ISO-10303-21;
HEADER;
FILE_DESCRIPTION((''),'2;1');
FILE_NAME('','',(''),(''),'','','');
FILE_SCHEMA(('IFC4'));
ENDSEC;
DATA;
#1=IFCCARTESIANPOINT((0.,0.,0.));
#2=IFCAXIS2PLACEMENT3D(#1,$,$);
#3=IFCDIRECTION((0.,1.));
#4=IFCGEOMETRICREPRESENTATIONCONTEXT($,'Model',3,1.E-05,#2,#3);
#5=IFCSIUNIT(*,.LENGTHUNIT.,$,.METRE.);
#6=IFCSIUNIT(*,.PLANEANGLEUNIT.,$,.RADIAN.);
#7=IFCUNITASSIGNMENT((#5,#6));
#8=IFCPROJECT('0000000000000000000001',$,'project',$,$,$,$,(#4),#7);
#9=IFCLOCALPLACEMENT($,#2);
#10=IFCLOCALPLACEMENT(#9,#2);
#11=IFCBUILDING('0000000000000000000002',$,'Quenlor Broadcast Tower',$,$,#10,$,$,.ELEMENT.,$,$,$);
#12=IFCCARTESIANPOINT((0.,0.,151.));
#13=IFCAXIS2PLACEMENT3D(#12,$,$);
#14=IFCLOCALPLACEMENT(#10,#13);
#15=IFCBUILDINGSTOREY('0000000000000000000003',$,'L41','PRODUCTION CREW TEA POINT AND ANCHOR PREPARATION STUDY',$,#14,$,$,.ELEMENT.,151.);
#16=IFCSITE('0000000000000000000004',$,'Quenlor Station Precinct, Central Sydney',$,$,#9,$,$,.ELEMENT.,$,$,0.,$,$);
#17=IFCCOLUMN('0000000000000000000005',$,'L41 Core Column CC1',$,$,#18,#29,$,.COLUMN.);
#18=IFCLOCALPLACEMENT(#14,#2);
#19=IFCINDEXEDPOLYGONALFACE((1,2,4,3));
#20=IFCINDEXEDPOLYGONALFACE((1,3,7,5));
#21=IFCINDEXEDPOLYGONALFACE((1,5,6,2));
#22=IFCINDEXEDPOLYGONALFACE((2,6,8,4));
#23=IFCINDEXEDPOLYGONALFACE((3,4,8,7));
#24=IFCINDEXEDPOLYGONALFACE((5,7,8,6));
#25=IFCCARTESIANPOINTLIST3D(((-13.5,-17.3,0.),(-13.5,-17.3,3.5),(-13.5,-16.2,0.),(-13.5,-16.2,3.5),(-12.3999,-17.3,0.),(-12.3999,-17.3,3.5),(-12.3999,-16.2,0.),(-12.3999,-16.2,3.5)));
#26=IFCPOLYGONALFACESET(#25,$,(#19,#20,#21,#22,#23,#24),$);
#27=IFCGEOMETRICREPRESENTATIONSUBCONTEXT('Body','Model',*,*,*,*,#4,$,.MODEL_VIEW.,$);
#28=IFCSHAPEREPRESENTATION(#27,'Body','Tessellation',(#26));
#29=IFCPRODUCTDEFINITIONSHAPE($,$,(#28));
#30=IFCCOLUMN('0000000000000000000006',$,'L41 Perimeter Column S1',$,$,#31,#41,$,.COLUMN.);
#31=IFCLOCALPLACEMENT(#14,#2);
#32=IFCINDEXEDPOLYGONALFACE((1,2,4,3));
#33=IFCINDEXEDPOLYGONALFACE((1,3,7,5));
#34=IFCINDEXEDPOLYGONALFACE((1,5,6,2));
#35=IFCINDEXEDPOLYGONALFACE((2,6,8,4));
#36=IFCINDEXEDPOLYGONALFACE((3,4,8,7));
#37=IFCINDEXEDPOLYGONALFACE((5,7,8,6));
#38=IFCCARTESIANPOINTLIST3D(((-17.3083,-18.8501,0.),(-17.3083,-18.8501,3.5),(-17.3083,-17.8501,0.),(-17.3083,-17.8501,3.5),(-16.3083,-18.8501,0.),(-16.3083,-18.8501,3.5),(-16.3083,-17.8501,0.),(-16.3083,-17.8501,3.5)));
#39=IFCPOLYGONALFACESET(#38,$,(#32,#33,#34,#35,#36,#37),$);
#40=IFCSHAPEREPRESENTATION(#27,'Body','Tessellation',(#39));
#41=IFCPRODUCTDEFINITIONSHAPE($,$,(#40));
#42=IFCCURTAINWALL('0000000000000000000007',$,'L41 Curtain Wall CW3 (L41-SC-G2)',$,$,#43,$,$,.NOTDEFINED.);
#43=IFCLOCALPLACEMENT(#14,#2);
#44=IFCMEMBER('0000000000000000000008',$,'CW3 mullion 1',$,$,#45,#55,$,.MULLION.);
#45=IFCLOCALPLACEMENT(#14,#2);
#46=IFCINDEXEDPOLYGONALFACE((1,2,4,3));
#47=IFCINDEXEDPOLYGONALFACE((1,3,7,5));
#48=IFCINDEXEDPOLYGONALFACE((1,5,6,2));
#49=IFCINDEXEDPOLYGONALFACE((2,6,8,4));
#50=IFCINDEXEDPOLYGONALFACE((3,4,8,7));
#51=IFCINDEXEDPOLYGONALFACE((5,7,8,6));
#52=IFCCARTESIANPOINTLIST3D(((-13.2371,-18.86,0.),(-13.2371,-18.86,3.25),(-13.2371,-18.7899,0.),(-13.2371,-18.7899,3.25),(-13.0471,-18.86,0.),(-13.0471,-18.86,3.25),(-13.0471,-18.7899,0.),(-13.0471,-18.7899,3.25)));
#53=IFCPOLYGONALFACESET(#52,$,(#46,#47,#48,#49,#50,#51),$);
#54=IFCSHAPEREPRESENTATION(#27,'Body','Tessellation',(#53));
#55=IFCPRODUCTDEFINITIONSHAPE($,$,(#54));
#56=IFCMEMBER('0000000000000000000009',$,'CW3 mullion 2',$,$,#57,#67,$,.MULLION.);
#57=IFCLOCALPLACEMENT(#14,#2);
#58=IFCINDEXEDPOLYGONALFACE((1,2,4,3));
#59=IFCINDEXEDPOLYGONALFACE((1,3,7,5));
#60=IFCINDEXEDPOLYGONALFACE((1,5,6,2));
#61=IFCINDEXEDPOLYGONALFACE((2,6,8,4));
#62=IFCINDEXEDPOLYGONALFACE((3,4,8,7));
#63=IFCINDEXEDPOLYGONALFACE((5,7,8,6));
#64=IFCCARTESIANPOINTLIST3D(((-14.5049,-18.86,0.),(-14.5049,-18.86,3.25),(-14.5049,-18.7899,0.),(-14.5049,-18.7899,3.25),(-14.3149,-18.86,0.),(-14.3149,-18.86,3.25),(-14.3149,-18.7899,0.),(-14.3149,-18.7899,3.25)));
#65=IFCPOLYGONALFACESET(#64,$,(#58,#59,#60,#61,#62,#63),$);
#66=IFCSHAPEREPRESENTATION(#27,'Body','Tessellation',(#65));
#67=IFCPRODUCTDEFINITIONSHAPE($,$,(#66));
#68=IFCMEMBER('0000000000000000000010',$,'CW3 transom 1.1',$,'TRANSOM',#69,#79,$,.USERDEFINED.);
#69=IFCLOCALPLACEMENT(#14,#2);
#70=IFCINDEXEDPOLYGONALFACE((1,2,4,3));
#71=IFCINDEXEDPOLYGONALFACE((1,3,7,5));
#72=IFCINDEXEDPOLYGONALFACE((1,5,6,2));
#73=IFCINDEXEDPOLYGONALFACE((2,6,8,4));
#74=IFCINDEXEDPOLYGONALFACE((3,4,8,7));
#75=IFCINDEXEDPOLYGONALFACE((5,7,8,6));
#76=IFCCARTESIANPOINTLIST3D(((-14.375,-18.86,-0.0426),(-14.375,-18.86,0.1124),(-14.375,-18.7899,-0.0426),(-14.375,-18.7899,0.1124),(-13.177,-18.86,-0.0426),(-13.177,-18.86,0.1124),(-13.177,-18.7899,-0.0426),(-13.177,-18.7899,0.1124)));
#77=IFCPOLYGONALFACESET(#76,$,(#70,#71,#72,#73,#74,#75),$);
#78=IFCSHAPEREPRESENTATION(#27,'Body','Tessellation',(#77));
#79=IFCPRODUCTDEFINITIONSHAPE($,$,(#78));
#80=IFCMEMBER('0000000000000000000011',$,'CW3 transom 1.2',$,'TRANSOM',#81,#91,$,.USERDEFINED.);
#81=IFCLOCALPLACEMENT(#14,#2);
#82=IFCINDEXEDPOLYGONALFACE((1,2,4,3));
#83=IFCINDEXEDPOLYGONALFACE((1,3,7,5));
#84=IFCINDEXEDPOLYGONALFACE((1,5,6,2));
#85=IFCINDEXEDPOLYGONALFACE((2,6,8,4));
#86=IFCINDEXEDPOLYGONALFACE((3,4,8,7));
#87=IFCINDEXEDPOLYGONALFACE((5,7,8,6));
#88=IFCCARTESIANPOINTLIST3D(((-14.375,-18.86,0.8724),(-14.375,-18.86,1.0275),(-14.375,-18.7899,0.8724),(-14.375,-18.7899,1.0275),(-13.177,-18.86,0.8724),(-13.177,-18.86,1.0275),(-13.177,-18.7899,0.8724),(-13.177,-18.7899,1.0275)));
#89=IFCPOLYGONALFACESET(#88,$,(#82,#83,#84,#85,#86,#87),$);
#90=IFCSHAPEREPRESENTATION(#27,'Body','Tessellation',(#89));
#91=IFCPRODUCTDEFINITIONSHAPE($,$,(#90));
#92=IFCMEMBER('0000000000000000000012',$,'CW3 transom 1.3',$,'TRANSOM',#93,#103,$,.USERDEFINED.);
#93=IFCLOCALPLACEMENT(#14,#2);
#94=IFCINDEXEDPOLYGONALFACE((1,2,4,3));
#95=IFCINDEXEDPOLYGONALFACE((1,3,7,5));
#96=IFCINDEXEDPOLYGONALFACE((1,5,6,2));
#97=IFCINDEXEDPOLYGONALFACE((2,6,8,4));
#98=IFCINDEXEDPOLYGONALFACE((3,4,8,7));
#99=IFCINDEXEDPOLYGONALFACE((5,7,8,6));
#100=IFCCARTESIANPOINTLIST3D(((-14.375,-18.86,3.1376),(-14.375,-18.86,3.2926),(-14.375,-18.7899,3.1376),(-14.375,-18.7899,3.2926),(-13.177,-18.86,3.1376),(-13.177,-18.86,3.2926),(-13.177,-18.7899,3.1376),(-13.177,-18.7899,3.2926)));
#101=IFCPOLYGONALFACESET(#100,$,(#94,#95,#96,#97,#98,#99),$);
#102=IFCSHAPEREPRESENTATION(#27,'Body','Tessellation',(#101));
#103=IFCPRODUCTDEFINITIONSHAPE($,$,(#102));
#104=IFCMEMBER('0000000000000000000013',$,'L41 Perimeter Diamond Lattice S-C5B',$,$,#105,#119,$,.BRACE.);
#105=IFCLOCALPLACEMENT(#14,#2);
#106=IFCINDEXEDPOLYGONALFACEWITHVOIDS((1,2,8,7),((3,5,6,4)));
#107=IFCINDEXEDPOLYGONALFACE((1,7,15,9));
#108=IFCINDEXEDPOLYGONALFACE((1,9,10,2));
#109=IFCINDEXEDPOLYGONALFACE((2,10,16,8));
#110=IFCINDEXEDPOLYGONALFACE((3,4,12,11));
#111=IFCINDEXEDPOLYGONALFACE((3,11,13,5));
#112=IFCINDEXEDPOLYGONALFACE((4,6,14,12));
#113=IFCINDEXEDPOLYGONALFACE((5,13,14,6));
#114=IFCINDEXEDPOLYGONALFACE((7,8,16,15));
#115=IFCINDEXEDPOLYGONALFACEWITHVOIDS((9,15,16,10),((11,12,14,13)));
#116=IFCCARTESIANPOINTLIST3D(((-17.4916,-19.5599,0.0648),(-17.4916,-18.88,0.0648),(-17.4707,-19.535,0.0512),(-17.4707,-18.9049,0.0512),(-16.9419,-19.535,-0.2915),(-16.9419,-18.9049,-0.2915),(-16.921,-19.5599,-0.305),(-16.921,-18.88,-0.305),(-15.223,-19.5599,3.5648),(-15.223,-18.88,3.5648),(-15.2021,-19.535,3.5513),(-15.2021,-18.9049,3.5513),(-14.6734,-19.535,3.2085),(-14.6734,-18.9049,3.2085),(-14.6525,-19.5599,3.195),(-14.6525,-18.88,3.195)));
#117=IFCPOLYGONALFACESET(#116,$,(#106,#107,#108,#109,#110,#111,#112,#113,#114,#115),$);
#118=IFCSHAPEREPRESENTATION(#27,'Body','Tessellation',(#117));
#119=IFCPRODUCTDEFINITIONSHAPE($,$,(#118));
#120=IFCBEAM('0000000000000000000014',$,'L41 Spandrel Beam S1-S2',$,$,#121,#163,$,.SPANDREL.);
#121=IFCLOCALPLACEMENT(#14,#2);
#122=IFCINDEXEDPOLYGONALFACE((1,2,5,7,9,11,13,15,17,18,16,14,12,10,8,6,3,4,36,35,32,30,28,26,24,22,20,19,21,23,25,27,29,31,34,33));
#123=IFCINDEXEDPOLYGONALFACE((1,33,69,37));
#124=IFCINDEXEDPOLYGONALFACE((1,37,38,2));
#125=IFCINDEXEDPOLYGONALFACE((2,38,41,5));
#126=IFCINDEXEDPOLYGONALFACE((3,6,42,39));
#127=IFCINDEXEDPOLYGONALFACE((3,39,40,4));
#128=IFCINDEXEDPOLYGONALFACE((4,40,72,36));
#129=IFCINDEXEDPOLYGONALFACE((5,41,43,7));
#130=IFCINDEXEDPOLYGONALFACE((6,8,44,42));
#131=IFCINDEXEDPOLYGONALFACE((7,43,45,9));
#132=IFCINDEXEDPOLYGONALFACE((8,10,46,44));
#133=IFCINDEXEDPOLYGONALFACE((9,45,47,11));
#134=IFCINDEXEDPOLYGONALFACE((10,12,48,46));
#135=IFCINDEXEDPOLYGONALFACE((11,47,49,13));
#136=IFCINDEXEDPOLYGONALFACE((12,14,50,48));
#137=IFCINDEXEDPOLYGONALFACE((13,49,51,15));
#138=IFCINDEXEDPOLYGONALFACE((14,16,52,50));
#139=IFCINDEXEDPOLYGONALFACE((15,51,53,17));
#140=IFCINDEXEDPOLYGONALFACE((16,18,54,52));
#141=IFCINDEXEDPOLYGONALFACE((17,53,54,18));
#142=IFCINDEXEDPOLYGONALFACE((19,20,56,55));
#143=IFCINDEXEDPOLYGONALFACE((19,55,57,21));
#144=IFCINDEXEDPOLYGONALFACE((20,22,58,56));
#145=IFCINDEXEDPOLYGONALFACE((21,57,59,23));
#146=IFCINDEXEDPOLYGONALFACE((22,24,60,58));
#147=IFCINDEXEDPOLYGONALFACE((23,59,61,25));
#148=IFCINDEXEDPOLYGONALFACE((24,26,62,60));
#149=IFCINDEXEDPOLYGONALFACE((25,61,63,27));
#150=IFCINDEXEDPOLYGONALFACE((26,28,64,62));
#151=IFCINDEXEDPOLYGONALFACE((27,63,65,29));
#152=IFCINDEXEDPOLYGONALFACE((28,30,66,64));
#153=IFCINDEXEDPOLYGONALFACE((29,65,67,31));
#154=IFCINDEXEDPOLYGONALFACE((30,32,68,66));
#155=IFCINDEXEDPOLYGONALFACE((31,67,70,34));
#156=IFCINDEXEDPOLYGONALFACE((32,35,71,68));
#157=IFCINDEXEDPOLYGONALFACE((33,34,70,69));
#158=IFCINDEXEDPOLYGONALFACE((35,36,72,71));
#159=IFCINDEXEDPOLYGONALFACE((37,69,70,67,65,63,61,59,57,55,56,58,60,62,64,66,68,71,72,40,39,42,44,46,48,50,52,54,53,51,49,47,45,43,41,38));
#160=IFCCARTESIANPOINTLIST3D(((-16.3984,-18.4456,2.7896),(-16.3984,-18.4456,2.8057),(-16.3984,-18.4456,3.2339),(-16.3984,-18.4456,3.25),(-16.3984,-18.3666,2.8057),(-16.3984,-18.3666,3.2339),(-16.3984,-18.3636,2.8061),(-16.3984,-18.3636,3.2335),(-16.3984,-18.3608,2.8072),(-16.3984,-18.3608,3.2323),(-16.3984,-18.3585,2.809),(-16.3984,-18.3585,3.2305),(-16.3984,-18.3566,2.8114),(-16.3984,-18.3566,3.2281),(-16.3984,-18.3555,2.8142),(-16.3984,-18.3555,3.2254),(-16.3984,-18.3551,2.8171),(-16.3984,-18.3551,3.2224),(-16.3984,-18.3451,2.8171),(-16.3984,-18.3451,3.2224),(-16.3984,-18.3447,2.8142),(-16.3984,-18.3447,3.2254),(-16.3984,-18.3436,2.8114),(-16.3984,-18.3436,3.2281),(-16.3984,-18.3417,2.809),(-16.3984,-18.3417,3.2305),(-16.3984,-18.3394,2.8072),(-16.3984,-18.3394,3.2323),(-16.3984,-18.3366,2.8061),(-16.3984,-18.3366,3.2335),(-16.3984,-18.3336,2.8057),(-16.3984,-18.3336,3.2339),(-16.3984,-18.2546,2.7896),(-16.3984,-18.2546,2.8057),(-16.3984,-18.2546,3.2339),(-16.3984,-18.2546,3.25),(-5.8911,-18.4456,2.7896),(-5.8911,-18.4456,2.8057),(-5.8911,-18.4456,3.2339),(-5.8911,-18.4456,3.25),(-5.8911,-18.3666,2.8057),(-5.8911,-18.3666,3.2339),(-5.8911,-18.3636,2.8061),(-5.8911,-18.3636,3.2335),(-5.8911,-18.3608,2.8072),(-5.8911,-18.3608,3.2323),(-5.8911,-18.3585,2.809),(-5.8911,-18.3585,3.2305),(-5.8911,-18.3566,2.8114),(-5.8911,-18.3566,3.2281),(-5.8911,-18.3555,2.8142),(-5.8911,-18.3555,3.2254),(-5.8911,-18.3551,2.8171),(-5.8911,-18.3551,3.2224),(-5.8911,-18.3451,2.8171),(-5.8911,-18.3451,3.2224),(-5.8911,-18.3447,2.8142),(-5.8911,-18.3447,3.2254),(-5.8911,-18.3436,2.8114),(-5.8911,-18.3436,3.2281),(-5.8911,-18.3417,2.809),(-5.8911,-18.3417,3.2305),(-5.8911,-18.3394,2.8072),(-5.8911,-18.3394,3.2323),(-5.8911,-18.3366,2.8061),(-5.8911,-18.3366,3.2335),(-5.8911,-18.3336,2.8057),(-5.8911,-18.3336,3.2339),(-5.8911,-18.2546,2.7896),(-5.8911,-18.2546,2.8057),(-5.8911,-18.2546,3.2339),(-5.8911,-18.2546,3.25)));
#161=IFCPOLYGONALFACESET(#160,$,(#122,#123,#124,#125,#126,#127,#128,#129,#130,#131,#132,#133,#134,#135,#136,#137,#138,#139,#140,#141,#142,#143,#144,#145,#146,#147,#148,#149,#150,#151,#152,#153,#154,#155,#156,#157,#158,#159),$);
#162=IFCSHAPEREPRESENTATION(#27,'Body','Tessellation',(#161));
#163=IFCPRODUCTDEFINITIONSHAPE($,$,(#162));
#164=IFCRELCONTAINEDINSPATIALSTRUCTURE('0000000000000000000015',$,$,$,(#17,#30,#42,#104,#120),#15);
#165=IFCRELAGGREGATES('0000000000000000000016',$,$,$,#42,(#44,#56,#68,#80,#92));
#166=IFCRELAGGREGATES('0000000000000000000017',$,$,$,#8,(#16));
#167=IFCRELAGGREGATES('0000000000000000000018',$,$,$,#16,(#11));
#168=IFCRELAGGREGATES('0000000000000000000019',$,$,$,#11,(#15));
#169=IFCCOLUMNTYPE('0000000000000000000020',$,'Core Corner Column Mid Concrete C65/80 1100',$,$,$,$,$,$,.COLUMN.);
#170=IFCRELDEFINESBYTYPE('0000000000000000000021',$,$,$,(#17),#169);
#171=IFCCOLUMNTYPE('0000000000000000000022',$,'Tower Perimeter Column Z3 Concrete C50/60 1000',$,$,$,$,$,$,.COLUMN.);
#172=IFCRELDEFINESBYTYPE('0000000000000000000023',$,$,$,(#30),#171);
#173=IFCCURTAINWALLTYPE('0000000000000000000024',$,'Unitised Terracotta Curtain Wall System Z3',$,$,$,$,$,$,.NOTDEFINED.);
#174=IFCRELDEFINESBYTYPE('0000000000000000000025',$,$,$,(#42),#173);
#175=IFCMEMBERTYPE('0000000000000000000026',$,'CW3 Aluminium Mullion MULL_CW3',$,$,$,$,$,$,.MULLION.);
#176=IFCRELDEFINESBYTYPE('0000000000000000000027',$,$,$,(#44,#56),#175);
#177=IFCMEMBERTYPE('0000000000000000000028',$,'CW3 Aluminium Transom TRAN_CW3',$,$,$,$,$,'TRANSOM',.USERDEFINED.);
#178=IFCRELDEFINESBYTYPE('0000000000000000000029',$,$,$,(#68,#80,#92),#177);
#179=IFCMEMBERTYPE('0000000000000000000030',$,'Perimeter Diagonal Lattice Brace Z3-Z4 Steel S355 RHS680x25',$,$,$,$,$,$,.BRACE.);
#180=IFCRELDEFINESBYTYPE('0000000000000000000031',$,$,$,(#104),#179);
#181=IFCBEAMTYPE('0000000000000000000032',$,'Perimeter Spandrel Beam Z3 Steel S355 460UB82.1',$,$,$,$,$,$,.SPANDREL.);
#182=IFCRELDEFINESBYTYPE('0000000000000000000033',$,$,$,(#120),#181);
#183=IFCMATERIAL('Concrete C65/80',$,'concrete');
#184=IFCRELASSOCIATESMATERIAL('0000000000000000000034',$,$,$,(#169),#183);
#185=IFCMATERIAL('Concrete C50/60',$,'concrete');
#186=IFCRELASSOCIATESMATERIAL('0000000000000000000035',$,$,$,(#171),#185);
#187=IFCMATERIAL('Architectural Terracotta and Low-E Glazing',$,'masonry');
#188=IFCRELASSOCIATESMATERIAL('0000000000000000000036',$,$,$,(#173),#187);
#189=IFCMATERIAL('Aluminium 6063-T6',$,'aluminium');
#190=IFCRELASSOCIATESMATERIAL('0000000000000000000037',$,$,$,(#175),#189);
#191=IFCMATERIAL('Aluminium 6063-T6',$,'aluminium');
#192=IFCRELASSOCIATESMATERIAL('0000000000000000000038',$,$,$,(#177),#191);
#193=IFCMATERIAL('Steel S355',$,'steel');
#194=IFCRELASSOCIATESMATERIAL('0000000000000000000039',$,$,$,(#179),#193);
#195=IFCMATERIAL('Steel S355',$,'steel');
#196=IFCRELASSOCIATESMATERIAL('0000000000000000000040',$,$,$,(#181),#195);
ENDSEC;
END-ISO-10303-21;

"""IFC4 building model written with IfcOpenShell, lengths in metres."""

from ifc_helpers import new_model, si_unit, direction, frame, origin, origin_2d, place, context, subcontext, project, spatial, rectangle, hollow_rectangle, i_section, extrude, material, material_profile, profile_set, type_object, element, aggregate, save


model = new_model("IFC4")

# Units and contexts
model_context = context("Model", 3, precision=1e-05, world=origin(), true_north=direction((0.0, 1.0)))
body_context = subcontext(model_context, "Body", "Model", "MODEL_VIEW")
ifc_project = project(units=[si_unit("LENGTHUNIT", "METRE"), si_unit("PLANEANGLEUNIT", "RADIAN")], contexts=[model_context])

# Site, building, storey
site_placement = place(None, origin())
site = spatial("IfcSite", under=ifc_project, at=site_placement, Name="Quenlor Station Precinct, Central Sydney", CompositionType="ELEMENT", RefElevation=0.0)
building_placement = place(site_placement, origin())
building = spatial("IfcBuilding", under=site, at=building_placement, Name="Quenlor Broadcast Tower", CompositionType="ELEMENT")
storey_placement = place(building_placement, frame((0.0, 0.0, 151.0)))
storey = spatial("IfcBuildingStorey", under=building, at=storey_placement, Name="L41", Description="PRODUCTION CREW TEA POINT AND ANCHOR PREPARATION STUDY", CompositionType="ELEMENT", Elevation=151.0)

# Columns
ifc_material_1 = material(Name="Concrete C65/80", Category="concrete")
ifc_material_profile_1 = material_profile(ifc_material_1, rectangle(XDim=1.1001, YDim=1.1001, at=origin_2d()))
ifc_profile_set_1 = profile_set([ifc_material_profile_1], Name="Concrete C65/80 RC1100x1100")
column_type_1 = type_object("IfcColumnType", Name="Core Corner Column Mid Concrete C65/80 1100", PredefinedType="COLUMN", material=ifc_profile_set_1)
column_1_placement = place(storey_placement, frame((-12.95, -16.75, 0.0), z_axis=(0.0, 0.0, 1.0), x_axis=(1.0, 0.0, 0.0)))
element("IfcColumn", 1, at=column_1_placement, inside=storey, type_object=column_type_1, Name="L41 Core Column CC1", PredefinedType="COLUMN", context=body_context, shape_type="SweptSolid", body=[
    extrude(rectangle(XDim=1.1001, YDim=1.1001, at=origin_2d()), origin(), (0.0, 0.0, 1.0), 3.5),
])
ifc_material_2 = material(Name="Concrete C50/60", Category="concrete")
ifc_material_profile_2 = material_profile(ifc_material_2, rectangle(XDim=1.0, YDim=1.0, at=origin_2d()))
ifc_profile_set_2 = profile_set([ifc_material_profile_2], Name="Concrete C50/60 RC1000x1000")
column_type_2 = type_object("IfcColumnType", Name="Tower Perimeter Column Z3 Concrete C50/60 1000", PredefinedType="COLUMN", material=ifc_profile_set_2)
column_2_placement = place(storey_placement, frame((-16.8083, -18.3501, 0.0), z_axis=(0.0, 0.0, 1.0), x_axis=(0.0, 1.0, 0.0)))
element("IfcColumn", 2, at=column_2_placement, inside=storey, type_object=column_type_2, Name="L41 Perimeter Column S1", PredefinedType="COLUMN", context=body_context, shape_type="SweptSolid", body=[
    extrude(rectangle(XDim=1.0, YDim=1.0, at=origin_2d()), origin(), (0.0, 0.0, 1.0), 3.5),
])

# Curtain wall, members
ifc_material_3 = material(Name="Architectural Terracotta and Low-E Glazing", Category="masonry")
curtain_wall_type = type_object("IfcCurtainWallType", Name="Unitised Terracotta Curtain Wall System Z3", PredefinedType="NOTDEFINED", material=ifc_material_3)
curtain_wall_placement = place(storey_placement, origin())
curtain_wall = element("IfcCurtainWall", 3, at=curtain_wall_placement, inside=storey, type_object=curtain_wall_type, Name="L41 Curtain Wall CW3 (L41-SC-G2)", PredefinedType="NOTDEFINED")
ifc_material_4 = material(Name="Aluminium 6063-T6", Category="aluminium")
ifc_material_profile_3 = material_profile(ifc_material_4, rectangle(XDim=0.0701, YDim=0.1899, at=origin_2d()))
ifc_profile_set_3 = profile_set([ifc_material_profile_3], Name="Aluminium 6063-T6 MULL70x190")
member_type_1 = type_object("IfcMemberType", Name="CW3 Aluminium Mullion MULL_CW3", PredefinedType="MULLION", material=ifc_profile_set_3)
member_1_placement = place(storey_placement, frame((-13.1421, -18.825, 0.0), z_axis=(0.0, 0.0, 1.0), x_axis=(0.0, -1.0, 0.0)))
member_1 = element("IfcMember", 4, at=member_1_placement, type_object=member_type_1, Name="CW3 mullion 1", PredefinedType="MULLION", context=body_context, shape_type="SweptSolid", body=[
    extrude(rectangle(XDim=0.0701, YDim=0.1899, at=origin_2d()), origin(), (0.0, 0.0, 1.0), 3.25),
])
member_2_placement = place(storey_placement, frame((-14.4099, -18.825, 0.0), z_axis=(0.0, 0.0, 1.0), x_axis=(0.0, -1.0, 0.0)))
member_2 = element("IfcMember", 5, at=member_2_placement, type_object=member_type_1, Name="CW3 mullion 2", PredefinedType="MULLION", context=body_context, shape_type="SweptSolid", body=[
    extrude(rectangle(XDim=0.0701, YDim=0.1899, at=origin_2d()), origin(), (0.0, 0.0, 1.0), 3.25),
])
ifc_material_5 = material(Name="Aluminium 6063-T6", Category="aluminium")
ifc_material_profile_4 = material_profile(ifc_material_5, rectangle(XDim=0.0701, YDim=0.155, at=origin_2d()))
ifc_profile_set_4 = profile_set([ifc_material_profile_4], Name="Aluminium 6063-T6 TRAN70x155")
member_type_2 = type_object("IfcMemberType", Name="CW3 Aluminium Transom TRAN_CW3", ElementType="TRANSOM", PredefinedType="USERDEFINED", material=ifc_profile_set_4)
member_3_placement = place(storey_placement, frame((-13.177, -18.825, 0.0349), z_axis=(-1.0, 0.0, 0.0), x_axis=(0.0, -1.0, 0.0)))
member_3 = element("IfcMember", 6, at=member_3_placement, type_object=member_type_2, Name="CW3 transom 1.1", ObjectType="TRANSOM", PredefinedType="USERDEFINED", context=body_context, shape_type="SweptSolid", body=[
    extrude(rectangle(XDim=0.0701, YDim=0.155, at=origin_2d()), origin(), (0.0, 0.0, 1.0), 1.198),
])
member_4_placement = place(storey_placement, frame((-13.177, -18.825, 0.95), z_axis=(-1.0, 0.0, 0.0), x_axis=(0.0, -1.0, 0.0)))
member_4 = element("IfcMember", 7, at=member_4_placement, type_object=member_type_2, Name="CW3 transom 1.2", ObjectType="TRANSOM", PredefinedType="USERDEFINED", context=body_context, shape_type="SweptSolid", body=[
    extrude(rectangle(XDim=0.0701, YDim=0.155, at=origin_2d()), origin(), (0.0, 0.0, 1.0), 1.198),
])
member_5_placement = place(storey_placement, frame((-13.177, -18.825, 3.2151), z_axis=(-1.0, 0.0, 0.0), x_axis=(0.0, -1.0, 0.0)))
member_5 = element("IfcMember", 8, at=member_5_placement, type_object=member_type_2, Name="CW3 transom 1.3", ObjectType="TRANSOM", PredefinedType="USERDEFINED", context=body_context, shape_type="SweptSolid", body=[
    extrude(rectangle(XDim=0.0701, YDim=0.155, at=origin_2d()), origin(), (0.0, 0.0, 1.0), 1.198),
])

# Member
ifc_material_6 = material(Name="Steel S355", Category="steel")
ifc_material_profile_5 = material_profile(ifc_material_6, hollow_rectangle(XDim=0.6799, YDim=0.6799, WallThickness=0.0249, at=origin_2d()))
ifc_profile_set_5 = profile_set([ifc_material_profile_5], Name="Steel S355 RHS680x680x25")
member_type_3 = type_object("IfcMemberType", Name="Perimeter Diagonal Lattice Brace Z3-Z4 Steel S355 RHS680x25", PredefinedType="BRACE", material=ifc_profile_set_5)
member_6_placement = place(storey_placement, frame((-17.2063, -19.22, -0.1201), z_axis=(0.543902, 0.0, 0.839149), x_axis=(0.0, 1.0, 0.0)))
element("IfcMember", 9, at=member_6_placement, inside=storey, type_object=member_type_3, Name="L41 Perimeter Diamond Lattice S-C5B", PredefinedType="BRACE", context=body_context, shape_type="SweptSolid", body=[
    extrude(hollow_rectangle(XDim=0.6799, YDim=0.6799, WallThickness=0.0249, at=origin_2d()), origin(), (0.0, 0.0, 1.0), 4.1709),
])

# Beam
ifc_material_7 = material(Name="Steel S355", Category="steel")
ifc_material_profile_6 = material_profile(ifc_material_7, i_section(OverallWidth=0.1909, OverallDepth=0.4604, WebThickness=0.01, FlangeThickness=0.0161, FilletRadius=0.0115, at=origin_2d()))
ifc_profile_set_6 = profile_set([ifc_material_profile_6], Name="Steel S355 460UB82.1")
beam_type_1 = type_object("IfcBeamType", Name="Perimeter Spandrel Beam Z3 Steel S355 460UB82.1", PredefinedType="SPANDREL", material=ifc_profile_set_6)
beam_1_placement = place(storey_placement, frame((-16.3984, -18.3501, 3.0198), z_axis=(1.0, 0.0, 0.0), x_axis=(0.0, 1.0, 0.0)))
element("IfcBeam", 10, at=beam_1_placement, inside=storey, type_object=beam_type_1, Name="L41 Spandrel Beam S1-S2", PredefinedType="SPANDREL", context=body_context, shape_type="SweptSolid", body=[
    extrude(i_section(OverallWidth=0.1909, OverallDepth=0.4604, WebThickness=0.01, FlangeThickness=0.0161, FilletRadius=0.0115, at=origin_2d()), origin(), (0.0, 0.0, 1.0), 10.5073),
])

aggregate(curtain_wall, [member_1, member_2, member_3, member_4, member_5])

save(model, "model.ifc")
